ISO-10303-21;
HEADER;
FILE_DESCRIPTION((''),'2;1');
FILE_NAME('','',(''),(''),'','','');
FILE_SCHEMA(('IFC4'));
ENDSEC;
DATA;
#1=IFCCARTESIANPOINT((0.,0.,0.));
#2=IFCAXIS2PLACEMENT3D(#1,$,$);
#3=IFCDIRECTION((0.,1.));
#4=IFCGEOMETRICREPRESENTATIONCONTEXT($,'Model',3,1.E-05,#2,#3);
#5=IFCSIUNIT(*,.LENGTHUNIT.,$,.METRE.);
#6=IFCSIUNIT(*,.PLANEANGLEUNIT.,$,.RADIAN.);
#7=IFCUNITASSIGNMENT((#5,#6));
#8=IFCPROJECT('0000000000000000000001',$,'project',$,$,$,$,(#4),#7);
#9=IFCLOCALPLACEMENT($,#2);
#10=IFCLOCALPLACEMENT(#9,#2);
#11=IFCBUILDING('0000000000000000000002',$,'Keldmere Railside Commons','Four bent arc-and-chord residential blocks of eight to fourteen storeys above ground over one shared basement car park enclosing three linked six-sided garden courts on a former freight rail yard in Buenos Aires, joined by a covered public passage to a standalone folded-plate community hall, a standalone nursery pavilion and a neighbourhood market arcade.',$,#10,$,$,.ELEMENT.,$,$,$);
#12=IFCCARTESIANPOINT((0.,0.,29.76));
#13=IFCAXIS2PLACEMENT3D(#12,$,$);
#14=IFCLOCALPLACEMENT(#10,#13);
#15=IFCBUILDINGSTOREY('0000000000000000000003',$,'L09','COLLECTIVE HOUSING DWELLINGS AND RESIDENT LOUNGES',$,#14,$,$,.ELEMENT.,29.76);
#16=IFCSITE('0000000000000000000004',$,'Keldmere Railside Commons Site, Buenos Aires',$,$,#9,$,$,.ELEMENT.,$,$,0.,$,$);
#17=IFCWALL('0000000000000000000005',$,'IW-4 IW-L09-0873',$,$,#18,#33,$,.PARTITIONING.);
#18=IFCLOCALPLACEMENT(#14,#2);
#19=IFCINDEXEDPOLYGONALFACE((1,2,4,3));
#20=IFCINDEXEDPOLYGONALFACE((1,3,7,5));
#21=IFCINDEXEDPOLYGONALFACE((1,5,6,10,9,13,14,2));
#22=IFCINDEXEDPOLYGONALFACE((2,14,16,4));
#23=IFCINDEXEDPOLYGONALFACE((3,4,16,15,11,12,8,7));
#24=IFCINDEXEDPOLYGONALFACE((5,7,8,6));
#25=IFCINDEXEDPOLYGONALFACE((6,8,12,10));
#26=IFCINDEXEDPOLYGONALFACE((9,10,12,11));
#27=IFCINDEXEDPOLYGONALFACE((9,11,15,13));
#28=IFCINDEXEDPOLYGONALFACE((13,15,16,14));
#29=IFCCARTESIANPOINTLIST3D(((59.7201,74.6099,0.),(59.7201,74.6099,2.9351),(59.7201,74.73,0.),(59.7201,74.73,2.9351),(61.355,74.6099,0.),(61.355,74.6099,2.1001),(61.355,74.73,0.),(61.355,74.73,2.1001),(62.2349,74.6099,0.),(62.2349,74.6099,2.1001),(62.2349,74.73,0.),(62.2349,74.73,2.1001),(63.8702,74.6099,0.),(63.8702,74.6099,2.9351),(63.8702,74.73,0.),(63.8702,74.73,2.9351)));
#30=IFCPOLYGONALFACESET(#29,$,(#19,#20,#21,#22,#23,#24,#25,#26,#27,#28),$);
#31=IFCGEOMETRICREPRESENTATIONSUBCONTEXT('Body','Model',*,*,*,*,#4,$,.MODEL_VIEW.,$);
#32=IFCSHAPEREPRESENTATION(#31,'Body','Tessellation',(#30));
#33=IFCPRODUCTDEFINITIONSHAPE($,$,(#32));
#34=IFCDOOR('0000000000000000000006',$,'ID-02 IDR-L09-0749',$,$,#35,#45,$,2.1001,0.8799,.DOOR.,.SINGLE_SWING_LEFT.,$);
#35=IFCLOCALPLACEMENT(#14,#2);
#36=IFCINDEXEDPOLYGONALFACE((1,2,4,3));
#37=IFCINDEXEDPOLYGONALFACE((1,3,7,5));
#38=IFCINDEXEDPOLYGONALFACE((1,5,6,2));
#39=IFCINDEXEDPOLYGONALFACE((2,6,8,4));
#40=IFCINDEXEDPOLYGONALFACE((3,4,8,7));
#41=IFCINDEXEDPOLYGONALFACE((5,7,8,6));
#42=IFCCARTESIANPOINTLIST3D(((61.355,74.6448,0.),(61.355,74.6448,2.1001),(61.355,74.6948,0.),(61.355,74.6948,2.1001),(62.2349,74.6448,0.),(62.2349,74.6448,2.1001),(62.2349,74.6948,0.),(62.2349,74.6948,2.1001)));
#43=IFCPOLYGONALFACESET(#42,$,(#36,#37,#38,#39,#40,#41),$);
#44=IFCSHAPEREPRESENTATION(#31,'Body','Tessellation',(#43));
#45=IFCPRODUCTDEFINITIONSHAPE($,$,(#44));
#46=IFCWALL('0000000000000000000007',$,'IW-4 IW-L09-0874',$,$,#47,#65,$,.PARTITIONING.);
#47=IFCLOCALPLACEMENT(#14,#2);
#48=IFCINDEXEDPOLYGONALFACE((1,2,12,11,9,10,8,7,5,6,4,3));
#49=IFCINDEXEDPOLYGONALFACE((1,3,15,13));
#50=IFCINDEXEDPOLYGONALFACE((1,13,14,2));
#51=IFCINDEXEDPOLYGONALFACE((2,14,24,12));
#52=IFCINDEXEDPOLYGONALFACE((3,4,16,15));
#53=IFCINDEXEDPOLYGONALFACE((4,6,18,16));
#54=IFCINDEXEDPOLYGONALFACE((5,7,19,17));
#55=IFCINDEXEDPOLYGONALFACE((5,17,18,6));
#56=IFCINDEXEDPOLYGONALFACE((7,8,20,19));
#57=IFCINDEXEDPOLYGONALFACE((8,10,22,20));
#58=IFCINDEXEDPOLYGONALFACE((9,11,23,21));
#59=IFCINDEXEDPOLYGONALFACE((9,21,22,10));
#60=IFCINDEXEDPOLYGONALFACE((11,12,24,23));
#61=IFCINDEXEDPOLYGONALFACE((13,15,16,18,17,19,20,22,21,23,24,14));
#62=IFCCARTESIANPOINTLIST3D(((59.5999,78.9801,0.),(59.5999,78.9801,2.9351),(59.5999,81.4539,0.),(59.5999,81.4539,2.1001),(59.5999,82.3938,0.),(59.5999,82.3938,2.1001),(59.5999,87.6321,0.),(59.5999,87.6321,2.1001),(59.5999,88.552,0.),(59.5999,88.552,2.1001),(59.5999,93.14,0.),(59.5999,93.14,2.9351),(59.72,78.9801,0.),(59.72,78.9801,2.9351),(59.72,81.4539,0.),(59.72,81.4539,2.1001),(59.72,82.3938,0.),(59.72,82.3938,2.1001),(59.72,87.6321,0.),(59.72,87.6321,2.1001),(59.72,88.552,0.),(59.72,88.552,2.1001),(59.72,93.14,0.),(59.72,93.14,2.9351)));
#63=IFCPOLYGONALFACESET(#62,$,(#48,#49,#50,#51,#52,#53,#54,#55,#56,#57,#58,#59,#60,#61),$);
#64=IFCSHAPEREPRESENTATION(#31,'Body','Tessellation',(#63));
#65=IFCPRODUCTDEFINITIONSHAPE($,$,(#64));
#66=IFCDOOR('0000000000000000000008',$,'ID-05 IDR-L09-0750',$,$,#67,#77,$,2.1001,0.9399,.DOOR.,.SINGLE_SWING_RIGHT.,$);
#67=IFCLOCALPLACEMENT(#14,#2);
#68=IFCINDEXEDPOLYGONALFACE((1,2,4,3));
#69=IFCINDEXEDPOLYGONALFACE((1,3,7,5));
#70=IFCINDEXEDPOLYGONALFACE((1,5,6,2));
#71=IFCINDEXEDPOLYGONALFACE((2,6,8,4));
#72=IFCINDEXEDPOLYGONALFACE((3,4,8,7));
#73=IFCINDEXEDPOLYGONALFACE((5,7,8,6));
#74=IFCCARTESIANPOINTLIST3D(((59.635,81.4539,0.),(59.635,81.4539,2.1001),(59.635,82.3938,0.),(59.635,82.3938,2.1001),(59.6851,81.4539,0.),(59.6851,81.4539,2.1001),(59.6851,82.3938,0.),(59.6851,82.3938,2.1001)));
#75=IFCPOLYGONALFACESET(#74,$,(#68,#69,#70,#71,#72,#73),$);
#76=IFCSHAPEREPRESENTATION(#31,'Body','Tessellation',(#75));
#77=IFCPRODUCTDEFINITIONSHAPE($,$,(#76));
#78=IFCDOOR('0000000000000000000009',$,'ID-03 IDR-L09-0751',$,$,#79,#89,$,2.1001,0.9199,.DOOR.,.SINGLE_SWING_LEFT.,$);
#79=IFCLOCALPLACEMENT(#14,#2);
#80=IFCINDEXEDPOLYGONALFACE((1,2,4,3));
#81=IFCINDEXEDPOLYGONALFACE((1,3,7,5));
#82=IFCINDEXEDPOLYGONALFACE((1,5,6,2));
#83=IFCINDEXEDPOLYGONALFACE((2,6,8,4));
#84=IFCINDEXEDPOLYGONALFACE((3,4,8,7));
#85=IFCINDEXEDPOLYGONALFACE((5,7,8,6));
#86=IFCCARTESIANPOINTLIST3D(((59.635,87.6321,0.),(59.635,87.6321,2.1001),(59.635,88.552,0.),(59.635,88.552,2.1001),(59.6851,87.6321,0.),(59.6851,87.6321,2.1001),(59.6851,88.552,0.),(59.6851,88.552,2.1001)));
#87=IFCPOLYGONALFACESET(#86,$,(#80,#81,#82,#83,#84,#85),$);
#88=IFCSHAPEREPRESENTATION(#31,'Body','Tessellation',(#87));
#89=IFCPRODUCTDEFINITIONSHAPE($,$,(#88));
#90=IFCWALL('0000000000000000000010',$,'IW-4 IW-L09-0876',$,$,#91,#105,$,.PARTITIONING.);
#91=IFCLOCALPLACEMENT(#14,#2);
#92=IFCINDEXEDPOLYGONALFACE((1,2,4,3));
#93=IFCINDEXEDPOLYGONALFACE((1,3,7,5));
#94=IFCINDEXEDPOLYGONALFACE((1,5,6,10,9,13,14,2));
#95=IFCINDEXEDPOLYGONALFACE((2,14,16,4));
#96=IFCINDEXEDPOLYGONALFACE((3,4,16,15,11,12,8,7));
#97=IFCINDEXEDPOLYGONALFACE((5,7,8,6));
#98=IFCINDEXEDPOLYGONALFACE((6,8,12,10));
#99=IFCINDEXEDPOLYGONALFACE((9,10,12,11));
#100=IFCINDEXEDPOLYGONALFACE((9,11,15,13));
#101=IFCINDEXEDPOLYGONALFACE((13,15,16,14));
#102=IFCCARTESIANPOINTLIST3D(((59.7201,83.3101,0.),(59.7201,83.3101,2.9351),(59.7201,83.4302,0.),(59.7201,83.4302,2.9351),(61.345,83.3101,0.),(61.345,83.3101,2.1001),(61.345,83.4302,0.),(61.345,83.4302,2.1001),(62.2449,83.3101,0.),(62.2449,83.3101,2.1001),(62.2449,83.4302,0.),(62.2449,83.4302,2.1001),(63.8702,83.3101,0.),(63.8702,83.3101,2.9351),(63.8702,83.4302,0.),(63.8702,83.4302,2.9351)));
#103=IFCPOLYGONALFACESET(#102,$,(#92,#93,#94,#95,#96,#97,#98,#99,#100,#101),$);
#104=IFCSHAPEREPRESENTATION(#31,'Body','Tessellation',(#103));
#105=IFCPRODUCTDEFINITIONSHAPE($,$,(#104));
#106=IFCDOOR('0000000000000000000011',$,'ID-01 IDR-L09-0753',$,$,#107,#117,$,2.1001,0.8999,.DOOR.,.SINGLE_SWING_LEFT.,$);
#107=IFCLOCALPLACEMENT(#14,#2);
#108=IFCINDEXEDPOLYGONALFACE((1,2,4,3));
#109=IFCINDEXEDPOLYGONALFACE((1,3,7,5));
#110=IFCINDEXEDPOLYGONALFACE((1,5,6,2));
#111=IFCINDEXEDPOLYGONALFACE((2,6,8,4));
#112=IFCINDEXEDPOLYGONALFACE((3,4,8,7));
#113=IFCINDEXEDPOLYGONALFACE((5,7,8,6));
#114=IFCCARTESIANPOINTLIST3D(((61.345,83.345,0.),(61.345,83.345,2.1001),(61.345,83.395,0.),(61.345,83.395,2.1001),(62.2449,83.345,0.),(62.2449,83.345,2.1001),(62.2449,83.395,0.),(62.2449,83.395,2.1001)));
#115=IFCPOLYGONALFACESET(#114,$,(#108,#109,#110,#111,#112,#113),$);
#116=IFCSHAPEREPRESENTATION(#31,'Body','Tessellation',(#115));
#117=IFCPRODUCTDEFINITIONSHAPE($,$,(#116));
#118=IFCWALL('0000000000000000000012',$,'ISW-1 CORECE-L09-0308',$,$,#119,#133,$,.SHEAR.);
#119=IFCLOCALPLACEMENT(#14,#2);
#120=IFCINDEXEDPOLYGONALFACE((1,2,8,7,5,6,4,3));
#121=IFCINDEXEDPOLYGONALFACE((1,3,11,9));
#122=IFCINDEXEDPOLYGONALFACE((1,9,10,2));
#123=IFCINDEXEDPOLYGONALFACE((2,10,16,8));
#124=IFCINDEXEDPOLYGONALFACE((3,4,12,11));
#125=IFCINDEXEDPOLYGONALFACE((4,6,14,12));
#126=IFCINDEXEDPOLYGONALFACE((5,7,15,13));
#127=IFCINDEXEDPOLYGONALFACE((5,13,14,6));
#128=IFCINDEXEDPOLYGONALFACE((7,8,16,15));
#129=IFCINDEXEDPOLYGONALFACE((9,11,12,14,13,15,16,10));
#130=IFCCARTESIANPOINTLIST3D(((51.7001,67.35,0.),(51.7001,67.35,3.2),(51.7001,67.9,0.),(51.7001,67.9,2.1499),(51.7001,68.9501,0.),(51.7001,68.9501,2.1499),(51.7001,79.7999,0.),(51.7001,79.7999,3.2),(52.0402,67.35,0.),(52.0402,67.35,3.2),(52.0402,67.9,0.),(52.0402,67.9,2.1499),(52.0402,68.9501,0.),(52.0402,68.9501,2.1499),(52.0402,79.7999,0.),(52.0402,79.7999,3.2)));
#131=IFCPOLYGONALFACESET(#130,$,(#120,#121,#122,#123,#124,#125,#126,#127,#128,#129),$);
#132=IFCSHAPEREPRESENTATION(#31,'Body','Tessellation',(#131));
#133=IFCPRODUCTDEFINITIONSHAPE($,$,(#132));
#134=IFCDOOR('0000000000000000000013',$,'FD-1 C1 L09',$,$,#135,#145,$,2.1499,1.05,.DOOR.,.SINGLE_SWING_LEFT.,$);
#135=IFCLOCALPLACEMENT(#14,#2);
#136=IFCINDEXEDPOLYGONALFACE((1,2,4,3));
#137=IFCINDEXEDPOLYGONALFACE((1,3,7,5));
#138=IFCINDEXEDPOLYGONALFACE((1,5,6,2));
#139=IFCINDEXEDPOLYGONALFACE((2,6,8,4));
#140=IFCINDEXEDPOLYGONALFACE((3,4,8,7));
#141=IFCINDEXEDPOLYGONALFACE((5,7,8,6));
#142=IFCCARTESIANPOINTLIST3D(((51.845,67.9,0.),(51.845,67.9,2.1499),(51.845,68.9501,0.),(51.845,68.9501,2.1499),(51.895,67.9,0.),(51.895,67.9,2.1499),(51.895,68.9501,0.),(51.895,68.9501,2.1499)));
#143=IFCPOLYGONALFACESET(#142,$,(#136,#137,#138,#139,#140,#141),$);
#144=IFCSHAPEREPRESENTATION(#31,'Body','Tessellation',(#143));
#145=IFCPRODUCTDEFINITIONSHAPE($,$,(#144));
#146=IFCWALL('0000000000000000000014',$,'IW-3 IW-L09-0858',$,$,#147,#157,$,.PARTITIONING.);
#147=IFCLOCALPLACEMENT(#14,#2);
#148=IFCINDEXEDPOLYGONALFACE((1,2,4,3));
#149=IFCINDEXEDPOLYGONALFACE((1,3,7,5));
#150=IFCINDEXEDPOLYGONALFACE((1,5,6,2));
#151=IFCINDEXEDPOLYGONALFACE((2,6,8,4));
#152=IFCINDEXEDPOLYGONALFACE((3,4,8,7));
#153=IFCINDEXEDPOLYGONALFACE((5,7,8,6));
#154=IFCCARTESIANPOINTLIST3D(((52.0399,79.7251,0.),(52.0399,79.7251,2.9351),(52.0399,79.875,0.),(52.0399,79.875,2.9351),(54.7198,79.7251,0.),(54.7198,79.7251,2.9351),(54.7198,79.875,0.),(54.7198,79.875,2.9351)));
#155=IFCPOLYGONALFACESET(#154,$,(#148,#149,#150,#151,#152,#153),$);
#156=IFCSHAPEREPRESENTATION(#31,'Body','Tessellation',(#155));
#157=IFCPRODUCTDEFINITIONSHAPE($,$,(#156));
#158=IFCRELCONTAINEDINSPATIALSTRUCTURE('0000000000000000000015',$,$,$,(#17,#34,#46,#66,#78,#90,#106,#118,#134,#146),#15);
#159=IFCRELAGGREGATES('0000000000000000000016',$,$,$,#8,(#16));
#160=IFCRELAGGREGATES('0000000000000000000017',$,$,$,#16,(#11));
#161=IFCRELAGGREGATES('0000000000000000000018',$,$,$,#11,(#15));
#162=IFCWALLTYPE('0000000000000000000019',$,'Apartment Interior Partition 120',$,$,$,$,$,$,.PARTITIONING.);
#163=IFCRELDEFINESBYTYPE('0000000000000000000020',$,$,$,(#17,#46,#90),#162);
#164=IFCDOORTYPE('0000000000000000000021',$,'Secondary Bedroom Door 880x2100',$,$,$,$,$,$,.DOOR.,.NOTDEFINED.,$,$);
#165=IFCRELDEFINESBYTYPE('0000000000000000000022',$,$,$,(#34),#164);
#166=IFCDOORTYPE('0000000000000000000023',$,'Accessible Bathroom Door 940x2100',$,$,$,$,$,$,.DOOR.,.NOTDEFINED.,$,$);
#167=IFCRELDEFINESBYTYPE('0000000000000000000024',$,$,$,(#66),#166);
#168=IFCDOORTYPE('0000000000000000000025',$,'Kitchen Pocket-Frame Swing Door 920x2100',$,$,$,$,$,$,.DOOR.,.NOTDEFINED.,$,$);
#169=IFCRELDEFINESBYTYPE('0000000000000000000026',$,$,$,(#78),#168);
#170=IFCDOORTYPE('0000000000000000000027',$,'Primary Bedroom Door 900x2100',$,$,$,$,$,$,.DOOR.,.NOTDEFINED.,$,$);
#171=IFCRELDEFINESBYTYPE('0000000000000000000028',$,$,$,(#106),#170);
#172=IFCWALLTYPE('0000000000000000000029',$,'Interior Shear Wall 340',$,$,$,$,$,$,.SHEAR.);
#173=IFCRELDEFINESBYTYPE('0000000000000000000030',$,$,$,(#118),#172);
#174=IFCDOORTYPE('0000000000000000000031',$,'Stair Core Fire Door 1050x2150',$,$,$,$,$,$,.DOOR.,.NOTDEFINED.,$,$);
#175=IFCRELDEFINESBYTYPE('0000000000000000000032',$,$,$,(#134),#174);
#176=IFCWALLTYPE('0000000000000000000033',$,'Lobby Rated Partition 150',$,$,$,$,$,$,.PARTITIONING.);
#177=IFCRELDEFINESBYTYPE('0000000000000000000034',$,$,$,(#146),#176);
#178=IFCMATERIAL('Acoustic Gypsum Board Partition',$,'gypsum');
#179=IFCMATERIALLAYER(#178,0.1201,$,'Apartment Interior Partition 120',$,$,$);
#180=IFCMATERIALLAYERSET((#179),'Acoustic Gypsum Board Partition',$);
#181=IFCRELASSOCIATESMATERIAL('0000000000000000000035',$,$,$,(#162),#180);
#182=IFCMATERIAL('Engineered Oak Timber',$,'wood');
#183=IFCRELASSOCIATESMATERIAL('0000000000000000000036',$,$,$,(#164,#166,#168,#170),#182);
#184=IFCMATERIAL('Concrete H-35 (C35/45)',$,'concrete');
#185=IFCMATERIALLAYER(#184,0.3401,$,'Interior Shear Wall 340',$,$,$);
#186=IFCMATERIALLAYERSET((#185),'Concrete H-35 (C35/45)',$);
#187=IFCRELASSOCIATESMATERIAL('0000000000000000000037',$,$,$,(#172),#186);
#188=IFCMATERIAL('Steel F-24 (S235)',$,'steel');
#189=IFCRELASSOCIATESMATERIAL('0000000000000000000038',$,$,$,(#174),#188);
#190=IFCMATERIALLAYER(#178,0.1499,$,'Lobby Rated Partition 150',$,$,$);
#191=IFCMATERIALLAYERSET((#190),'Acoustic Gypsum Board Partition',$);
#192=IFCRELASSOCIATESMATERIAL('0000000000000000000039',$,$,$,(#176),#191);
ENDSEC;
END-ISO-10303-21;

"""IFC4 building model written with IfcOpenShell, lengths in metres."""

from ifc_helpers import new_model, si_unit, direction, frame, frame_2d, origin, place, context, subcontext, project, spatial, rectangle, extrude, material, layer, layer_set, type_object, element, fill, save


model = new_model("IFC4")

# Units and contexts
model_context = context("Model", 3, precision=1e-05, world=origin(), true_north=direction((0.0, 1.0)))
body_context = subcontext(model_context, "Body", "Model", "MODEL_VIEW")
ifc_project = project(units=[si_unit("LENGTHUNIT", "METRE"), si_unit("PLANEANGLEUNIT", "RADIAN")], contexts=[model_context])

# Site, building, storey
site_placement = place(None, origin())
site = spatial("IfcSite", under=ifc_project, at=site_placement, Name="Keldmere Railside Commons Site, Buenos Aires", CompositionType="ELEMENT", RefElevation=0.0)
building_placement = place(site_placement, origin())
building = spatial("IfcBuilding", under=site, at=building_placement, Name="Keldmere Railside Commons", Description="Four bent arc-and-chord residential blocks of eight to fourteen storeys above ground over one shared basement car park enclosing three linked six-sided garden courts on a former freight rail yard in Buenos Aires, joined by a covered public passage to a standalone folded-plate community hall, a standalone nursery pavilion and a neighbourhood market arcade.", CompositionType="ELEMENT")
storey_placement = place(building_placement, frame((0.0, 0.0, 29.76)))
storey = spatial("IfcBuildingStorey", under=building, at=storey_placement, Name="L09", Description="COLLECTIVE HOUSING DWELLINGS AND RESIDENT LOUNGES", CompositionType="ELEMENT", Elevation=29.76)

# Shared definitions
ifc_material_1 = material(Name="Concrete H-35 (C35/45)", Category="concrete")

# Shared definitions
ifc_material_2 = material(Name="Acoustic Gypsum Board Partition", Category="gypsum")

# Wall, opening, door
ifc_layer_1 = layer(ifc_material_2, 0.1201, Name="Apartment Interior Partition 120")
ifc_layer_set_1 = layer_set([ifc_layer_1], Name="Acoustic Gypsum Board Partition")
wall_type_1 = type_object("IfcWallType", Name="Apartment Interior Partition 120", PredefinedType="PARTITIONING", material=ifc_layer_set_1)
wall_1_placement = place(storey_placement, frame((59.72, 74.6699, 0.0), z_axis=(0.0, 0.0, 1.0), x_axis=(1.0, 0.0, 0.0)))
wall_1 = element("IfcWall", 1, at=wall_1_placement, inside=storey, type_object=wall_type_1, Name="IW-4 IW-L09-0873", PredefinedType="PARTITIONING", context=body_context, shape_type="SweptSolid", body=[
    extrude(rectangle(XDim=4.1501, YDim=0.1201, at=frame_2d((2.0752, 0.0))), origin(), (0.0, 0.0, 1.0), 2.9351),
])
opening_1_placement = place(wall_1_placement, frame((1.635, 0.0, 0.0)))
opening_1 = element("IfcOpeningElement", 2, at=opening_1_placement, cuts=wall_1, PredefinedType="OPENING", context=body_context, shape_type="SweptSolid", body=[
    extrude(rectangle(XDim=0.8799, YDim=2.1001, at=frame_2d((0.4399, 1.05))), frame((0.0, 0.0701, 0.0), z_axis=(0.0, -1.0, 0.0), x_axis=(1.0, 0.0, 0.0)), (0.0, 0.0, 1.0), 0.1401),
])
ifc_material_3 = material(Name="Engineered Oak Timber", Category="wood")
door_type_1 = type_object("IfcDoorType", Name="Secondary Bedroom Door 880x2100", OperationType="NOTDEFINED", PredefinedType="DOOR", material=ifc_material_3)
door_1_placement = place(opening_1_placement, origin())
door_1 = element("IfcDoor", 3, at=door_1_placement, inside=storey, type_object=door_type_1, Name="ID-02 IDR-L09-0749", OperationType="SINGLE_SWING_LEFT", OverallHeight=2.1001, OverallWidth=0.8799, PredefinedType="DOOR", context=body_context, shape_type="SweptSolid", body=[
    extrude(rectangle(XDim=0.8799, YDim=2.1001, at=frame_2d((0.4399, 1.05))), frame((0.0, 0.0249, 0.0), z_axis=(0.0, -1.0, 0.0), x_axis=(1.0, 0.0, 0.0)), (0.0, 0.0, 1.0), 0.05),
])
fill(opening_1, door_1)

# Wall, openings, doors
wall_2_placement = place(storey_placement, frame((59.6599, 78.98, 0.0), z_axis=(0.0, 0.0, 1.0), x_axis=(0.0, 1.0, 0.0)))
wall_2 = element("IfcWall", 4, at=wall_2_placement, inside=storey, type_object=wall_type_1, Name="IW-4 IW-L09-0874", PredefinedType="PARTITIONING", context=body_context, shape_type="SweptSolid", body=[
    extrude(rectangle(XDim=14.1599, YDim=0.1201, at=frame_2d((7.0801, 0.0))), origin(), (0.0, 0.0, 1.0), 2.9351),
])
opening_2_placement = place(wall_2_placement, frame((2.4739, 0.0, 0.0)))
opening_2 = element("IfcOpeningElement", 5, at=opening_2_placement, cuts=wall_2, PredefinedType="OPENING", context=body_context, shape_type="SweptSolid", body=[
    extrude(rectangle(XDim=0.9399, YDim=2.1001, at=frame_2d((0.47, 1.05))), frame((0.0, 0.0701, 0.0), z_axis=(0.0, -1.0, 0.0), x_axis=(1.0, 0.0, 0.0)), (0.0, 0.0, 1.0), 0.1401),
])
opening_3_placement = place(wall_2_placement, frame((8.6521, 0.0, 0.0)))
opening_3 = element("IfcOpeningElement", 6, at=opening_3_placement, cuts=wall_2, PredefinedType="OPENING", context=body_context, shape_type="SweptSolid", body=[
    extrude(rectangle(XDim=0.9199, YDim=2.1001, at=frame_2d((0.46, 1.05))), frame((0.0, 0.0701, 0.0), z_axis=(0.0, -1.0, 0.0), x_axis=(1.0, 0.0, 0.0)), (0.0, 0.0, 1.0), 0.1401),
])
door_type_2 = type_object("IfcDoorType", Name="Accessible Bathroom Door 940x2100", OperationType="NOTDEFINED", PredefinedType="DOOR", material=ifc_material_3)
door_2_placement = place(opening_2_placement, origin())
door_2 = element("IfcDoor", 7, at=door_2_placement, inside=storey, type_object=door_type_2, Name="ID-05 IDR-L09-0750", OperationType="SINGLE_SWING_RIGHT", OverallHeight=2.1001, OverallWidth=0.9399, PredefinedType="DOOR", context=body_context, shape_type="SweptSolid", body=[
    extrude(rectangle(XDim=0.9399, YDim=2.1001, at=frame_2d((0.47, 1.05))), frame((0.0, 0.0249, 0.0), z_axis=(0.0, -1.0, 0.0), x_axis=(1.0, 0.0, 0.0)), (0.0, 0.0, 1.0), 0.05),
])
fill(opening_2, door_2)
door_type_3 = type_object("IfcDoorType", Name="Kitchen Pocket-Frame Swing Door 920x2100", OperationType="NOTDEFINED", PredefinedType="DOOR", material=ifc_material_3)
door_3_placement = place(opening_3_placement, origin())
door_3 = element("IfcDoor", 8, at=door_3_placement, inside=storey, type_object=door_type_3, Name="ID-03 IDR-L09-0751", OperationType="SINGLE_SWING_LEFT", OverallHeight=2.1001, OverallWidth=0.9199, PredefinedType="DOOR", context=body_context, shape_type="SweptSolid", body=[
    extrude(rectangle(XDim=0.9199, YDim=2.1001, at=frame_2d((0.46, 1.05))), frame((0.0, 0.0249, 0.0), z_axis=(0.0, -1.0, 0.0), x_axis=(1.0, 0.0, 0.0)), (0.0, 0.0, 1.0), 0.05),
])
fill(opening_3, door_3)

# Walls, openings, doors
wall_3_placement = place(storey_placement, frame((59.72, 83.3701, 0.0), z_axis=(0.0, 0.0, 1.0), x_axis=(1.0, 0.0, 0.0)))
wall_3 = element("IfcWall", 9, at=wall_3_placement, inside=storey, type_object=wall_type_1, Name="IW-4 IW-L09-0876", PredefinedType="PARTITIONING", context=body_context, shape_type="SweptSolid", body=[
    extrude(rectangle(XDim=4.1501, YDim=0.1201, at=frame_2d((2.0752, 0.0))), origin(), (0.0, 0.0, 1.0), 2.9351),
])
opening_4_placement = place(wall_3_placement, frame((1.625, 0.0, 0.0)))
opening_4 = element("IfcOpeningElement", 10, at=opening_4_placement, cuts=wall_3, PredefinedType="OPENING", context=body_context, shape_type="SweptSolid", body=[
    extrude(rectangle(XDim=0.8999, YDim=2.1001, at=frame_2d((0.45, 1.05))), frame((0.0, 0.0701, 0.0), z_axis=(0.0, -1.0, 0.0), x_axis=(1.0, 0.0, 0.0)), (0.0, 0.0, 1.0), 0.1401),
])
door_type_4 = type_object("IfcDoorType", Name="Primary Bedroom Door 900x2100", OperationType="NOTDEFINED", PredefinedType="DOOR", material=ifc_material_3)
door_4_placement = place(opening_4_placement, origin())
door_4 = element("IfcDoor", 11, at=door_4_placement, inside=storey, type_object=door_type_4, Name="ID-01 IDR-L09-0753", OperationType="SINGLE_SWING_LEFT", OverallHeight=2.1001, OverallWidth=0.8999, PredefinedType="DOOR", context=body_context, shape_type="SweptSolid", body=[
    extrude(rectangle(XDim=0.8999, YDim=2.1001, at=frame_2d((0.45, 1.05))), frame((0.0, 0.0249, 0.0), z_axis=(0.0, -1.0, 0.0), x_axis=(1.0, 0.0, 0.0)), (0.0, 0.0, 1.0), 0.05),
])
fill(opening_4, door_4)
ifc_layer_2 = layer(ifc_material_1, 0.3401, Name="Interior Shear Wall 340")
ifc_layer_set_2 = layer_set([ifc_layer_2], Name="Concrete H-35 (C35/45)")
wall_type_2 = type_object("IfcWallType", Name="Interior Shear Wall 340", PredefinedType="SHEAR", material=ifc_layer_set_2)
wall_4_placement = place(storey_placement, frame((51.8701, 79.8, 0.0), z_axis=(0.0, 0.0, 1.0), x_axis=(0.0, -1.0, 0.0)))
wall_4 = element("IfcWall", 12, at=wall_4_placement, inside=storey, type_object=wall_type_2, Name="ISW-1 CORECE-L09-0308", PredefinedType="SHEAR", context=body_context, shape_type="SweptSolid", body=[
    extrude(rectangle(XDim=12.45, YDim=0.3401, at=frame_2d((6.2251, 0.0))), origin(), (0.0, 0.0, 1.0), 3.2),
])
opening_5_placement = place(wall_4_placement, frame((10.8501, 0.0, 0.0)))
opening_5 = element("IfcOpeningElement", 13, at=opening_5_placement, cuts=wall_4, PredefinedType="OPENING", context=body_context, shape_type="SweptSolid", body=[
    extrude(rectangle(XDim=1.05, YDim=2.1499, at=frame_2d((0.5249, 1.075))), frame((0.0, 0.1799, 0.0), z_axis=(0.0, -1.0, 0.0), x_axis=(1.0, 0.0, 0.0)), (0.0, 0.0, 1.0), 0.3601),
])
ifc_material_4 = material(Name="Steel F-24 (S235)", Category="steel")
door_type_5 = type_object("IfcDoorType", Name="Stair Core Fire Door 1050x2150", OperationType="NOTDEFINED", PredefinedType="DOOR", material=ifc_material_4)
door_5_placement = place(opening_5_placement, origin())
door_5 = element("IfcDoor", 14, at=door_5_placement, inside=storey, type_object=door_type_5, Name="FD-1 C1 L09", OperationType="SINGLE_SWING_LEFT", OverallHeight=2.1499, OverallWidth=1.05, PredefinedType="DOOR", context=body_context, shape_type="SweptSolid", body=[
    extrude(rectangle(XDim=1.05, YDim=2.1499, at=frame_2d((0.5249, 1.075))), frame((0.0, 0.0249, 0.0), z_axis=(0.0, -1.0, 0.0), x_axis=(1.0, 0.0, 0.0)), (0.0, 0.0, 1.0), 0.05),
])
fill(opening_5, door_5)

# Wall
ifc_layer_3 = layer(ifc_material_2, 0.1499, Name="Lobby Rated Partition 150")
ifc_layer_set_3 = layer_set([ifc_layer_3], Name="Acoustic Gypsum Board Partition")
wall_type_3 = type_object("IfcWallType", Name="Lobby Rated Partition 150", PredefinedType="PARTITIONING", material=ifc_layer_set_3)
wall_5_placement = place(storey_placement, frame((52.04, 79.8, 0.0), z_axis=(0.0, 0.0, 1.0), x_axis=(1.0, 0.0, 0.0)))
element("IfcWall", 15, at=wall_5_placement, inside=storey, type_object=wall_type_3, Name="IW-3 IW-L09-0858", PredefinedType="PARTITIONING", context=body_context, shape_type="SweptSolid", body=[
    extrude(rectangle(XDim=2.6799, YDim=0.1499, at=frame_2d((1.3398, 0.0))), origin(), (0.0, 0.0, 1.0), 2.9351),
])

save(model, "model.ifc")
